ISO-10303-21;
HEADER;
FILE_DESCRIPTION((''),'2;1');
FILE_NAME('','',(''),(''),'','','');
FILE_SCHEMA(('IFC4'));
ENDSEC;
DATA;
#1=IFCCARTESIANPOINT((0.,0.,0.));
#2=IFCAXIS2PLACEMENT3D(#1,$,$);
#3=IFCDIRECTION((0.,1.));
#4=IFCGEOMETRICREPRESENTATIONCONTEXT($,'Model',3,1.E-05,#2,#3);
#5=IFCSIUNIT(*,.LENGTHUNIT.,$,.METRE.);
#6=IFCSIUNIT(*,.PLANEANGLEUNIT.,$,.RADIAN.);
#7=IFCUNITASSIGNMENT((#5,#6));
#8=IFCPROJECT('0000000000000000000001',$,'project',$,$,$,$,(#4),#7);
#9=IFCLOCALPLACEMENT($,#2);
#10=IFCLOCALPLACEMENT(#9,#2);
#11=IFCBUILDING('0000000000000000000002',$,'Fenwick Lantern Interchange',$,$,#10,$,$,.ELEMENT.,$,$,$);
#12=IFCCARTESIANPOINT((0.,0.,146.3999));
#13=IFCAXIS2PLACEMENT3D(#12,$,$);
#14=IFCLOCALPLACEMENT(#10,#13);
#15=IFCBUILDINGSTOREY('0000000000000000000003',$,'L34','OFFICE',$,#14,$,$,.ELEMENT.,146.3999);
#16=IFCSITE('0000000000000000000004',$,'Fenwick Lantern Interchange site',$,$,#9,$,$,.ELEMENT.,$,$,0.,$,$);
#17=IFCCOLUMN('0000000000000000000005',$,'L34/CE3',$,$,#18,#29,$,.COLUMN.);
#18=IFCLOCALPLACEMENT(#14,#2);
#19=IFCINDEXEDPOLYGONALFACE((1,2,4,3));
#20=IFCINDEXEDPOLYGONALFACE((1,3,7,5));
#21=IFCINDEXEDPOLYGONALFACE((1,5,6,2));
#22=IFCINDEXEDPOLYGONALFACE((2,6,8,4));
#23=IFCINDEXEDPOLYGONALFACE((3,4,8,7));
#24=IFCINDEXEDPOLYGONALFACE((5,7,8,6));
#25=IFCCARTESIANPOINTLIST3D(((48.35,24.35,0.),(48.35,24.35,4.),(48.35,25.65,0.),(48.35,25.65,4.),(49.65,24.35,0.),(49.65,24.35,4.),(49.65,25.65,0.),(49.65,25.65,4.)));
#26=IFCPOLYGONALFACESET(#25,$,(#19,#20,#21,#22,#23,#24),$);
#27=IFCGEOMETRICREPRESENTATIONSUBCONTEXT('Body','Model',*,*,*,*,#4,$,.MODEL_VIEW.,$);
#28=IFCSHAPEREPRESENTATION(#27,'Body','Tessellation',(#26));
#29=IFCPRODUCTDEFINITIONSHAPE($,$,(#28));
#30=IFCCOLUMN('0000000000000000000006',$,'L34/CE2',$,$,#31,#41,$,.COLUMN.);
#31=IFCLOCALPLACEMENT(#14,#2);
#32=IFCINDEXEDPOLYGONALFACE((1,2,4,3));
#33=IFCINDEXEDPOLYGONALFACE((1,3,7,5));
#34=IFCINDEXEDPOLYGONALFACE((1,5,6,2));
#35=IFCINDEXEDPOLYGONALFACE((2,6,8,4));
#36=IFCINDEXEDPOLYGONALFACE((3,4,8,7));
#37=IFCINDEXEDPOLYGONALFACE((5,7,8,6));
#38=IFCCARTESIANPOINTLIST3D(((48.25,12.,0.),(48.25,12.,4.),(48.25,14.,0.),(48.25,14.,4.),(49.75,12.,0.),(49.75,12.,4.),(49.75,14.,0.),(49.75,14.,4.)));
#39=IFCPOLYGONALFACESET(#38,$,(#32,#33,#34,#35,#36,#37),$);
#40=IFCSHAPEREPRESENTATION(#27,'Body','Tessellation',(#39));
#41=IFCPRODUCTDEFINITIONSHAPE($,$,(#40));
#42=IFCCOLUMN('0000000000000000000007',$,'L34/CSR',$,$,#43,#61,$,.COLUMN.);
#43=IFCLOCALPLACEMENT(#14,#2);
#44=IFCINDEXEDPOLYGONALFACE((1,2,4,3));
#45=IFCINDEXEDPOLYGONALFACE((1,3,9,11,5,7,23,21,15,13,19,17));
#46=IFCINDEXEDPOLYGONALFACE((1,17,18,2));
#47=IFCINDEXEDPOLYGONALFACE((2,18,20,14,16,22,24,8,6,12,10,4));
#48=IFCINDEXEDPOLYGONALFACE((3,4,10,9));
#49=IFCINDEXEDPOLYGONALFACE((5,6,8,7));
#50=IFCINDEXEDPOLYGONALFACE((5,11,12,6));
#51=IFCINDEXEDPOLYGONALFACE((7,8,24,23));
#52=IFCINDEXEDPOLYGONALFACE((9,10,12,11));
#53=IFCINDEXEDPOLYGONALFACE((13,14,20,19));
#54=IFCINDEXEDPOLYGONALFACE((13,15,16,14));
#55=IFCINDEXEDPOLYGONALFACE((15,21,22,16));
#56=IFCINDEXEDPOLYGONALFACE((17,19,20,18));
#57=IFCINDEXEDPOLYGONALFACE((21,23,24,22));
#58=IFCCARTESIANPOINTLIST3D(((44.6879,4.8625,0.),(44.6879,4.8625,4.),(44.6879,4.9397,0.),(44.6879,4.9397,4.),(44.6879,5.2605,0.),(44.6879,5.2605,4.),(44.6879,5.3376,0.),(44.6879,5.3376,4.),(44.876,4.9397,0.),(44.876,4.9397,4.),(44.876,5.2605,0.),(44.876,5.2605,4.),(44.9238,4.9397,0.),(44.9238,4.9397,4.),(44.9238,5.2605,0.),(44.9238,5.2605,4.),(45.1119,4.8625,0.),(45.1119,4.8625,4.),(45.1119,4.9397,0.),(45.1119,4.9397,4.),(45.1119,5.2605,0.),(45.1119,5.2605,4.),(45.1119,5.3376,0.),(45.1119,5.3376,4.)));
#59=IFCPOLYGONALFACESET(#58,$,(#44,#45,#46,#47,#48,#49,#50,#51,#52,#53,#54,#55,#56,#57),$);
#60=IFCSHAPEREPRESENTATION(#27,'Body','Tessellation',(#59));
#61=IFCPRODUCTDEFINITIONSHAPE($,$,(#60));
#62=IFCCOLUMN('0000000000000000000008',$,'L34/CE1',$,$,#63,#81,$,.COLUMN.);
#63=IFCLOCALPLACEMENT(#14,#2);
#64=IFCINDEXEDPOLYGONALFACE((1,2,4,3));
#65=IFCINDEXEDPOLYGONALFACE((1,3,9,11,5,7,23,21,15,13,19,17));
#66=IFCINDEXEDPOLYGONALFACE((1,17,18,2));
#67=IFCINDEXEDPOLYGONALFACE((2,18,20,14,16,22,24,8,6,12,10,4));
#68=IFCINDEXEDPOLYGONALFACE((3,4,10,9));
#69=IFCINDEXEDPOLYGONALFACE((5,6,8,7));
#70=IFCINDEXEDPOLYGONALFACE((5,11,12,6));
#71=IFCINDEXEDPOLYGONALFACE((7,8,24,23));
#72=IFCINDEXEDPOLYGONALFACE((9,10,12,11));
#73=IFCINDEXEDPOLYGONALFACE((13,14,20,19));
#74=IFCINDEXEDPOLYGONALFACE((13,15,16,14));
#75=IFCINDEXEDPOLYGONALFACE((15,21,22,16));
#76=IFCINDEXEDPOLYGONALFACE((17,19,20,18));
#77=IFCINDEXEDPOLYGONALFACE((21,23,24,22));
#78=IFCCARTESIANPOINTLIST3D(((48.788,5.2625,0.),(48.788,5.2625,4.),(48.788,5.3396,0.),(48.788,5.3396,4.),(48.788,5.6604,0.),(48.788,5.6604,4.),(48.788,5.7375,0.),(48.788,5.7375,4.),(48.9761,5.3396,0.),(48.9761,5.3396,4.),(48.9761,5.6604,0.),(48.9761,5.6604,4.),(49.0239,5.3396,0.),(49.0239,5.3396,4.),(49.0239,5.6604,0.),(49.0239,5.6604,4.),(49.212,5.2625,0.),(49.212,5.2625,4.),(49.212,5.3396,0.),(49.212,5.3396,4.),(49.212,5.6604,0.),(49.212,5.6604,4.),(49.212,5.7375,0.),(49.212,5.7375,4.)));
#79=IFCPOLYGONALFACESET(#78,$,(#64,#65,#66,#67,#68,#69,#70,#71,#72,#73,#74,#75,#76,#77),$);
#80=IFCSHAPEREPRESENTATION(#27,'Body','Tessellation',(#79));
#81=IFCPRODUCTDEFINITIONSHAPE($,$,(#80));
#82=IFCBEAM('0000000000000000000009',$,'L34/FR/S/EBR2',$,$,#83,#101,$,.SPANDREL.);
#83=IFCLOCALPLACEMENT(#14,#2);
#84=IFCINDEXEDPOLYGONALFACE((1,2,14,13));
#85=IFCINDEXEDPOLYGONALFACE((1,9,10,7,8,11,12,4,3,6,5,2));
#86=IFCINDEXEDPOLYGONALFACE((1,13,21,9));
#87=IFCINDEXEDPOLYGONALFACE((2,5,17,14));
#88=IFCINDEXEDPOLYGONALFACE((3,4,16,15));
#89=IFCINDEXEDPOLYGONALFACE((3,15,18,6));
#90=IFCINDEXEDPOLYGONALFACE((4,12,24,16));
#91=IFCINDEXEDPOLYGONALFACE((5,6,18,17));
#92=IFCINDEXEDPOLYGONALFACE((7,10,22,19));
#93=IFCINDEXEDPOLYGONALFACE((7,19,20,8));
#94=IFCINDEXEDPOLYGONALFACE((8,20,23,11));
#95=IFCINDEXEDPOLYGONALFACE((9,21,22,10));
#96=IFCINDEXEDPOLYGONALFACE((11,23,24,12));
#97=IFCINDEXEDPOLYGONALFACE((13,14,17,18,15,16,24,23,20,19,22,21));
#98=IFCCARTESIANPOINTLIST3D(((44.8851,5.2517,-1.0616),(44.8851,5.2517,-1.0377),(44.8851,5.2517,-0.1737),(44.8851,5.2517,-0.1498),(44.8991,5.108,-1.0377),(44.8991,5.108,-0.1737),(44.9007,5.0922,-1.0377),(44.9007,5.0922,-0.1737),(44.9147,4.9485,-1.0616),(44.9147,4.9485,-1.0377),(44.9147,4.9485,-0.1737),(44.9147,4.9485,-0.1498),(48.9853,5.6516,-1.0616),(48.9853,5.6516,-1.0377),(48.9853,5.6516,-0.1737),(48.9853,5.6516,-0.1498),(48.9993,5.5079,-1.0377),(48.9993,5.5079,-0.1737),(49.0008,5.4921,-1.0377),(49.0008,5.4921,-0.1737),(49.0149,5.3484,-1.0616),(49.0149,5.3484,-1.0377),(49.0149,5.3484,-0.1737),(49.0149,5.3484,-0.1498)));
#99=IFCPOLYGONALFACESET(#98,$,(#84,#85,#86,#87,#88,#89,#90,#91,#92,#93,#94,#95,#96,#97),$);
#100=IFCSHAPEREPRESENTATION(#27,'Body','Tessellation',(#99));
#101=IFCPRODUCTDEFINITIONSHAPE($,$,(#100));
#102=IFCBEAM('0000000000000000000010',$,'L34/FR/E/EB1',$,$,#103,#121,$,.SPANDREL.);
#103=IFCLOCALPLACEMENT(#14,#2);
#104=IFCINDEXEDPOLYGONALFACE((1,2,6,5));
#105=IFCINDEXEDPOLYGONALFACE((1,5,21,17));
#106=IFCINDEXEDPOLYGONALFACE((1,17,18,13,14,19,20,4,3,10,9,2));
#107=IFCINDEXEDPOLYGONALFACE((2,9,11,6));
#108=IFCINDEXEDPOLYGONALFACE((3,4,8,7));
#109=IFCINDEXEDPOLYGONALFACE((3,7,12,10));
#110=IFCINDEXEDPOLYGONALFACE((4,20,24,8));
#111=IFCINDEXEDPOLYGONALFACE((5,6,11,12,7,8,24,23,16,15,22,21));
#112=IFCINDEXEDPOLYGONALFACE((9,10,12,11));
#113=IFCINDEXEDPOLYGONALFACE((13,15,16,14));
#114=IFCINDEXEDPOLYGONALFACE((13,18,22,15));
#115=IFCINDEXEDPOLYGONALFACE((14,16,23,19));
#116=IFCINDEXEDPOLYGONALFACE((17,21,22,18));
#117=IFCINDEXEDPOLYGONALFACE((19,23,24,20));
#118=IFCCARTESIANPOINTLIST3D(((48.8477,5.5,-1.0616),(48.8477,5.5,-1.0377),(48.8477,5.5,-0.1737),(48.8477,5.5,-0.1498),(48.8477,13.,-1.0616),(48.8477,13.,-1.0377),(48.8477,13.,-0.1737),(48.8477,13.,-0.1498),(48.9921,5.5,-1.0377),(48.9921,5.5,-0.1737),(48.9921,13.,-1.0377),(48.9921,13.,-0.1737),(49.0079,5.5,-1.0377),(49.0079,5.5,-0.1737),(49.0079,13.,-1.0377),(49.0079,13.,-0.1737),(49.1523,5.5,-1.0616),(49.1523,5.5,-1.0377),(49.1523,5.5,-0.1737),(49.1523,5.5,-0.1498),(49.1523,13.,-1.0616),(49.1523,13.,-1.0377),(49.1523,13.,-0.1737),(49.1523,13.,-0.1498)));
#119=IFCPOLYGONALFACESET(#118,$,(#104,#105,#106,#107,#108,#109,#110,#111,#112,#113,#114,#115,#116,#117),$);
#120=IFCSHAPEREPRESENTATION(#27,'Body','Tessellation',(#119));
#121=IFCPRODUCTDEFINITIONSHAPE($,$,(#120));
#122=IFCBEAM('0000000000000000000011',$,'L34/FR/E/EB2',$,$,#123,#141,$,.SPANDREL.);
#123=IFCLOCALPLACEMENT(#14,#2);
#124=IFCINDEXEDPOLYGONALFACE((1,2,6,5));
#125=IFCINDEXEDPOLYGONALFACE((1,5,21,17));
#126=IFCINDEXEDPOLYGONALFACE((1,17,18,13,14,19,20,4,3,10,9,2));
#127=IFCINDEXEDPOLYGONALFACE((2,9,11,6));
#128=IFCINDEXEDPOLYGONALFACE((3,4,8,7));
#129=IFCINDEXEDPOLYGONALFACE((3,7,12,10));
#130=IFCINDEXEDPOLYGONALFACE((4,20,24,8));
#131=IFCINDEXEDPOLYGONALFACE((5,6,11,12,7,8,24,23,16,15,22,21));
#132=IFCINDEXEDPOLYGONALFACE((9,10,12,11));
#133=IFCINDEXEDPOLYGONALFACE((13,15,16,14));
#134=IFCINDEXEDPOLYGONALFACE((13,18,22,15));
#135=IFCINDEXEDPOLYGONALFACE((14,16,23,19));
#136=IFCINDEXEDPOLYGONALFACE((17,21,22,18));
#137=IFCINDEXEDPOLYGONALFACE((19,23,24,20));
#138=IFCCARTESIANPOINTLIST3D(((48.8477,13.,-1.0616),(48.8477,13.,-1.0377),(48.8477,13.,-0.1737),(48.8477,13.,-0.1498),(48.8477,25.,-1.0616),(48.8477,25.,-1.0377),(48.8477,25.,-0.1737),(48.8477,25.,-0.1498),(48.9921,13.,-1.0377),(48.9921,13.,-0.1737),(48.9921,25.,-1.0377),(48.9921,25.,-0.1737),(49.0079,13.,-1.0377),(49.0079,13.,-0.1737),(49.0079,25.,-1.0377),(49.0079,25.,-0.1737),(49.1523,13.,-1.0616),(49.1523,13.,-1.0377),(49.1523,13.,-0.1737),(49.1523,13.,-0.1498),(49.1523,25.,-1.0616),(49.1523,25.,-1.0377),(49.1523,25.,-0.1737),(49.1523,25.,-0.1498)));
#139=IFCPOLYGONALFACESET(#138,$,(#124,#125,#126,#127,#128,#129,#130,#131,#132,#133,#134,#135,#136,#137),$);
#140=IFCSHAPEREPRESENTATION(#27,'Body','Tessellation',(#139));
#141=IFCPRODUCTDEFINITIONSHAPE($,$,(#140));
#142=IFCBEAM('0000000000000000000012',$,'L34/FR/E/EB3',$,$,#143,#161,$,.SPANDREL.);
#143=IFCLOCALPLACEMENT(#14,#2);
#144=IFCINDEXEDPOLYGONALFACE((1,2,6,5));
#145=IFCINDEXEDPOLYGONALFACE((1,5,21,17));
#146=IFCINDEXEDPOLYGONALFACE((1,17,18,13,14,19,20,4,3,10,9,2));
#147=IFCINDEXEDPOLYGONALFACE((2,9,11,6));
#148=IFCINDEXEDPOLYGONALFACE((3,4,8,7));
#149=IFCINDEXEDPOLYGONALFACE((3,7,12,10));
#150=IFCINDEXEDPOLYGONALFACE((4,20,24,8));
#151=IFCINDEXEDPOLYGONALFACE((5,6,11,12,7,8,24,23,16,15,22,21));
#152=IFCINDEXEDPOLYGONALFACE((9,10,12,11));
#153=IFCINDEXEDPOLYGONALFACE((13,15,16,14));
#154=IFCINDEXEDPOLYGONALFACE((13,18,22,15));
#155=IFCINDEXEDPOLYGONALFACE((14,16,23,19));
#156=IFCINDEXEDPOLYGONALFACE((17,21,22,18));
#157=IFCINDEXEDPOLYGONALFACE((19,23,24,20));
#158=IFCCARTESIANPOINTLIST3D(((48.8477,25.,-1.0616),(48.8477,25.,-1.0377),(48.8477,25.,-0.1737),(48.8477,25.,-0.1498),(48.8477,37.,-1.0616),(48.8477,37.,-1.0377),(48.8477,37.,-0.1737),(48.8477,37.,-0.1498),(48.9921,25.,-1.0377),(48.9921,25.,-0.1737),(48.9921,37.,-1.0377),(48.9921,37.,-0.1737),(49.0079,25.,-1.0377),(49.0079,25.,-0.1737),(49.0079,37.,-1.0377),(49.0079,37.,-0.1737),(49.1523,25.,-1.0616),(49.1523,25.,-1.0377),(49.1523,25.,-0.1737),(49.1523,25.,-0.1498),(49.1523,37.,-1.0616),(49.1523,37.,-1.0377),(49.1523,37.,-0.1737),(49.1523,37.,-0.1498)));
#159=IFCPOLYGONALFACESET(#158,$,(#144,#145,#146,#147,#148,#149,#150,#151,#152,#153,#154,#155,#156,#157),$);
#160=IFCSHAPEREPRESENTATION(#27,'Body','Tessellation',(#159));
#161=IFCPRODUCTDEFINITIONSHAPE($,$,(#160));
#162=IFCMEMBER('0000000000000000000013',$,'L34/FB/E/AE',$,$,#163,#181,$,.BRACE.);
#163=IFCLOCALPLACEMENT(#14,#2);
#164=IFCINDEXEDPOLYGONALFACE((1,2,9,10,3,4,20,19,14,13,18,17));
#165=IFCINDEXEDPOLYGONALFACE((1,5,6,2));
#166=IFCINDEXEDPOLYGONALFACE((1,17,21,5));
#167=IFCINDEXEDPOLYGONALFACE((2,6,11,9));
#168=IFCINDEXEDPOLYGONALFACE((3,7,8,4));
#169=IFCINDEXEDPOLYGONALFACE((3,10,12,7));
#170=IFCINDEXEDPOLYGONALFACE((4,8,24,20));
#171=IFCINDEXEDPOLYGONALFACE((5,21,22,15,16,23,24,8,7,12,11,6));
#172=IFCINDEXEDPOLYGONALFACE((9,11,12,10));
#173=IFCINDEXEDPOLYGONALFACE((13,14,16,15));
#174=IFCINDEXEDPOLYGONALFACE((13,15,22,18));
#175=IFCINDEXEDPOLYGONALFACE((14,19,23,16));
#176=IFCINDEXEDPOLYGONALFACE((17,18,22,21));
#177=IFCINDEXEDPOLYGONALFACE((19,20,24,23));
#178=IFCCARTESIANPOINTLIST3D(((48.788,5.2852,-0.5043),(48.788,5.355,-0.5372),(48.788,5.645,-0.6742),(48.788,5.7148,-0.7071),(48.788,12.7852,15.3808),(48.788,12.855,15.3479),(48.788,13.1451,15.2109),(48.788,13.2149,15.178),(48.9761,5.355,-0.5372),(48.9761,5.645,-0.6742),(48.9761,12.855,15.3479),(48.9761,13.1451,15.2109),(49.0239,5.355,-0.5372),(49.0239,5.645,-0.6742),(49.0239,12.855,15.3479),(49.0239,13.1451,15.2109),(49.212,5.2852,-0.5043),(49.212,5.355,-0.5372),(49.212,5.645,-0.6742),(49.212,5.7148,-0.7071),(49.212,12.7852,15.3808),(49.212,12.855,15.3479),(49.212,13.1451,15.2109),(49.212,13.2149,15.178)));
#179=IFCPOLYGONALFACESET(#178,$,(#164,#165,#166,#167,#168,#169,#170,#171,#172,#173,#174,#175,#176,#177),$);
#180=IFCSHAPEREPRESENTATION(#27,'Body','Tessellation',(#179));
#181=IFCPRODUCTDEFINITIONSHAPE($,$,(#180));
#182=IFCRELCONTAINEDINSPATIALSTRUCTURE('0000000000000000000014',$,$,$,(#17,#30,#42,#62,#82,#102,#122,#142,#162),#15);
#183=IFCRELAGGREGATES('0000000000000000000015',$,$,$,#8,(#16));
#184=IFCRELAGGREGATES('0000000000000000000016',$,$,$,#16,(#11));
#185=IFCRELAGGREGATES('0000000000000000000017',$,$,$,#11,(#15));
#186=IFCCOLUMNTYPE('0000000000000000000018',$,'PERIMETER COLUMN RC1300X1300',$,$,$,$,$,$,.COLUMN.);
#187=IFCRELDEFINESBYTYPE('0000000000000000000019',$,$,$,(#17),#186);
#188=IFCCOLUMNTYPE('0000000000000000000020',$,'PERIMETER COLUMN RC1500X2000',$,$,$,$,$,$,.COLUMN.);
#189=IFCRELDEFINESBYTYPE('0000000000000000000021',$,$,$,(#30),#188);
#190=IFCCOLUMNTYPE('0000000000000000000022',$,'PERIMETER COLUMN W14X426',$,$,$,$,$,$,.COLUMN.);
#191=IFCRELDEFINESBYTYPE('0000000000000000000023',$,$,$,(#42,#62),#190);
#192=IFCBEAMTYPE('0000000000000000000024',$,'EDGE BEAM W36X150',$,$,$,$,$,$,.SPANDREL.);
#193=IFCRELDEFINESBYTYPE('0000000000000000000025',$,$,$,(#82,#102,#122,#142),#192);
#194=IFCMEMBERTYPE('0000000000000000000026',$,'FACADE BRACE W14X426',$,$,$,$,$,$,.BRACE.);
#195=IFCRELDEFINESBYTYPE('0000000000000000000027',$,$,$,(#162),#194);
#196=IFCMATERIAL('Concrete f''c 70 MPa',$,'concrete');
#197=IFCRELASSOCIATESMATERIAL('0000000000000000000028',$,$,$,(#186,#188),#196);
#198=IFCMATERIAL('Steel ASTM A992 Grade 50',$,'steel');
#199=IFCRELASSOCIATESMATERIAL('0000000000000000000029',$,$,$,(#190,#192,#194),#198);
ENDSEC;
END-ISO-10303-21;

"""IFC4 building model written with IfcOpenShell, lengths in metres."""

from ifc_helpers import new_model, si_unit, direction, frame, origin, origin_2d, place, context, subcontext, project, spatial, rectangle, i_section, extrude, material, material_profile, profile_set, type_object, element, save


model = new_model("IFC4")

# Units and contexts
model_context = context("Model", 3, precision=1e-05, world=origin(), true_north=direction((0.0, 1.0)))
body_context = subcontext(model_context, "Body", "Model", "MODEL_VIEW")
ifc_project = project(units=[si_unit("LENGTHUNIT", "METRE"), si_unit("PLANEANGLEUNIT", "RADIAN")], contexts=[model_context])

# Site, building, storey
site_placement = place(None, origin())
site = spatial("IfcSite", under=ifc_project, at=site_placement, Name="Fenwick Lantern Interchange site", CompositionType="ELEMENT", RefElevation=0.0)
building_placement = place(site_placement, origin())
building = spatial("IfcBuilding", under=site, at=building_placement, Name="Fenwick Lantern Interchange", CompositionType="ELEMENT")
storey_placement = place(building_placement, frame((0.0, 0.0, 146.3999)))
storey = spatial("IfcBuildingStorey", under=building, at=storey_placement, Name="L34", Description="OFFICE", CompositionType="ELEMENT", Elevation=146.3999)

# Columns
ifc_material_1 = material(Name="Concrete f'c 70 MPa", Category="concrete")
ifc_material_profile_1 = material_profile(ifc_material_1, rectangle(XDim=1.3, YDim=1.3, at=origin_2d()), Name="RC1300X1300")
ifc_profile_set_1 = profile_set([ifc_material_profile_1], Name="Concrete f'c 70 MPa")
column_type_1 = type_object("IfcColumnType", Name="PERIMETER COLUMN RC1300X1300", PredefinedType="COLUMN", material=ifc_profile_set_1)
column_1_placement = place(storey_placement, frame((49.0, 25.0, 0.0), z_axis=(0.0, 0.0, 1.0), x_axis=(1.0, 0.0, 0.0)))
element("IfcColumn", 1, at=column_1_placement, inside=storey, type_object=column_type_1, Name="L34/CE3", PredefinedType="COLUMN", context=body_context, shape_type="SweptSolid", body=[
    extrude(rectangle(XDim=1.3, YDim=1.3, at=origin_2d()), origin(), (0.0, 0.0, 1.0), 4.0),
])
ifc_material_profile_2 = material_profile(ifc_material_1, rectangle(XDim=1.5, YDim=2.0, at=origin_2d()), Name="RC1500X2000")
ifc_profile_set_2 = profile_set([ifc_material_profile_2], Name="Concrete f'c 70 MPa")
column_type_2 = type_object("IfcColumnType", Name="PERIMETER COLUMN RC1500X2000", PredefinedType="COLUMN", material=ifc_profile_set_2)
column_2_placement = place(storey_placement, frame((49.0, 13.0, 0.0), z_axis=(0.0, 0.0, 1.0), x_axis=(1.0, 0.0, 0.0)))
element("IfcColumn", 2, at=column_2_placement, inside=storey, type_object=column_type_2, Name="L34/CE2", PredefinedType="COLUMN", context=body_context, shape_type="SweptSolid", body=[
    extrude(rectangle(XDim=1.5, YDim=2.0, at=origin_2d()), origin(), (0.0, 0.0, 1.0), 4.0),
])
ifc_material_2 = material(Name="Steel ASTM A992 Grade 50", Category="steel")
ifc_material_profile_3 = material_profile(ifc_material_2, i_section(OverallWidth=0.4241, OverallDepth=0.4751, WebThickness=0.0479, FlangeThickness=0.0771, at=origin_2d()), Name="W14X426")
ifc_profile_set_3 = profile_set([ifc_material_profile_3], Name="Steel ASTM A992 Grade 50")
column_type_3 = type_object("IfcColumnType", Name="PERIMETER COLUMN W14X426", PredefinedType="COLUMN", material=ifc_profile_set_3)
for number, where, z_axis, x_axis, name in (
    (3, (44.8999, 5.1001, 0.0), (0.0, 0.0, 1.0), (1.0, 0.0, 0.0), "L34/CSR"),
    (4, (49.0, 5.5, 0.0), (0.0, 0.0, 1.0), (1.0, 0.0, 0.0), "L34/CE1"),
):
    element("IfcColumn", number, at=place(storey_placement, frame(where, z_axis=z_axis, x_axis=x_axis)), inside=storey, type_object=column_type_3, Name=name, PredefinedType="COLUMN", context=body_context, shape_type="SweptSolid", body=[
        extrude(i_section(OverallWidth=0.4241, OverallDepth=0.4751, WebThickness=0.0479, FlangeThickness=0.0771, at=origin_2d()), origin(), (0.0, 0.0, 1.0), 4.0),
    ])

# Beams
ifc_material_profile_4 = material_profile(ifc_material_2, i_section(OverallWidth=0.3047, OverallDepth=0.9119, WebThickness=0.0159, FlangeThickness=0.0239, at=origin_2d()), Name="W36X150")
ifc_profile_set_4 = profile_set([ifc_material_profile_4], Name="Steel ASTM A992 Grade 50")
beam_type_1 = type_object("IfcBeamType", Name="EDGE BEAM W36X150", PredefinedType="SPANDREL", material=ifc_profile_set_4)
beam_1_placement = place(storey_placement, frame((44.8999, 5.1001, -0.6057), z_axis=(0.995277, 0.097074, 0.0), x_axis=(-0.097074, 0.995277, 0.0)))
element("IfcBeam", 5, at=beam_1_placement, inside=storey, type_object=beam_type_1, Name="L34/FR/S/EBR2", PredefinedType="SPANDREL", context=body_context, shape_type="SweptSolid", body=[
    extrude(i_section(OverallWidth=0.3047, OverallDepth=0.9119, WebThickness=0.0159, FlangeThickness=0.0239, at=origin_2d()), origin(), (0.0, 0.0, 1.0), 4.1196),
])
beam_2_placement = place(storey_placement, frame((49.0, 5.5, -0.6057), z_axis=(0.0, 1.0, 0.0), x_axis=(-1.0, 0.0, 0.0)))
element("IfcBeam", 6, at=beam_2_placement, inside=storey, type_object=beam_type_1, Name="L34/FR/E/EB1", PredefinedType="SPANDREL", context=body_context, shape_type="SweptSolid", body=[
    extrude(i_section(OverallWidth=0.3047, OverallDepth=0.9119, WebThickness=0.0159, FlangeThickness=0.0239, at=origin_2d()), origin(), (0.0, 0.0, 1.0), 7.5),
])
for number, where, z_axis, x_axis, name in (
    (7, (49.0, 13.0, -0.6057), (0.0, 1.0, 0.0), (-1.0, 0.0, 0.0), "L34/FR/E/EB2"),
    (8, (49.0, 25.0, -0.6057), (0.0, 1.0, 0.0), (-1.0, 0.0, 0.0), "L34/FR/E/EB3"),
):
    element("IfcBeam", number, at=place(storey_placement, frame(where, z_axis=z_axis, x_axis=x_axis)), inside=storey, type_object=beam_type_1, Name=name, PredefinedType="SPANDREL", context=body_context, shape_type="SweptSolid", body=[
        extrude(i_section(OverallWidth=0.3047, OverallDepth=0.9119, WebThickness=0.0159, FlangeThickness=0.0239, at=origin_2d()), origin(), (0.0, 0.0, 1.0), 12.0),
    ])

# Member
ifc_material_profile_5 = material_profile(ifc_material_2, i_section(OverallWidth=0.4241, OverallDepth=0.4751, WebThickness=0.0479, FlangeThickness=0.0771, at=origin_2d()), Name="W14X426")
ifc_profile_set_5 = profile_set([ifc_material_profile_5], Name="Steel ASTM A992 Grade 50")
member_type_1 = type_object("IfcMemberType", Name="FACADE BRACE W14X426", PredefinedType="BRACE", material=ifc_profile_set_5)
member_1_placement = place(storey_placement, frame((49.0, 5.5, -0.6057), z_axis=(0.0, 0.426948, 0.904276), x_axis=(-1.0, 0.0, 0.0)))
element("IfcMember", 9, at=member_1_placement, inside=storey, type_object=member_type_1, Name="L34/FB/E/AE", PredefinedType="BRACE", context=body_context, shape_type="SweptSolid", body=[
    extrude(i_section(OverallWidth=0.4241, OverallDepth=0.4751, WebThickness=0.0479, FlangeThickness=0.0771, at=origin_2d()), origin(), (0.0, 0.0, 1.0), 17.5667),
])

save(model, "model.ifc")
